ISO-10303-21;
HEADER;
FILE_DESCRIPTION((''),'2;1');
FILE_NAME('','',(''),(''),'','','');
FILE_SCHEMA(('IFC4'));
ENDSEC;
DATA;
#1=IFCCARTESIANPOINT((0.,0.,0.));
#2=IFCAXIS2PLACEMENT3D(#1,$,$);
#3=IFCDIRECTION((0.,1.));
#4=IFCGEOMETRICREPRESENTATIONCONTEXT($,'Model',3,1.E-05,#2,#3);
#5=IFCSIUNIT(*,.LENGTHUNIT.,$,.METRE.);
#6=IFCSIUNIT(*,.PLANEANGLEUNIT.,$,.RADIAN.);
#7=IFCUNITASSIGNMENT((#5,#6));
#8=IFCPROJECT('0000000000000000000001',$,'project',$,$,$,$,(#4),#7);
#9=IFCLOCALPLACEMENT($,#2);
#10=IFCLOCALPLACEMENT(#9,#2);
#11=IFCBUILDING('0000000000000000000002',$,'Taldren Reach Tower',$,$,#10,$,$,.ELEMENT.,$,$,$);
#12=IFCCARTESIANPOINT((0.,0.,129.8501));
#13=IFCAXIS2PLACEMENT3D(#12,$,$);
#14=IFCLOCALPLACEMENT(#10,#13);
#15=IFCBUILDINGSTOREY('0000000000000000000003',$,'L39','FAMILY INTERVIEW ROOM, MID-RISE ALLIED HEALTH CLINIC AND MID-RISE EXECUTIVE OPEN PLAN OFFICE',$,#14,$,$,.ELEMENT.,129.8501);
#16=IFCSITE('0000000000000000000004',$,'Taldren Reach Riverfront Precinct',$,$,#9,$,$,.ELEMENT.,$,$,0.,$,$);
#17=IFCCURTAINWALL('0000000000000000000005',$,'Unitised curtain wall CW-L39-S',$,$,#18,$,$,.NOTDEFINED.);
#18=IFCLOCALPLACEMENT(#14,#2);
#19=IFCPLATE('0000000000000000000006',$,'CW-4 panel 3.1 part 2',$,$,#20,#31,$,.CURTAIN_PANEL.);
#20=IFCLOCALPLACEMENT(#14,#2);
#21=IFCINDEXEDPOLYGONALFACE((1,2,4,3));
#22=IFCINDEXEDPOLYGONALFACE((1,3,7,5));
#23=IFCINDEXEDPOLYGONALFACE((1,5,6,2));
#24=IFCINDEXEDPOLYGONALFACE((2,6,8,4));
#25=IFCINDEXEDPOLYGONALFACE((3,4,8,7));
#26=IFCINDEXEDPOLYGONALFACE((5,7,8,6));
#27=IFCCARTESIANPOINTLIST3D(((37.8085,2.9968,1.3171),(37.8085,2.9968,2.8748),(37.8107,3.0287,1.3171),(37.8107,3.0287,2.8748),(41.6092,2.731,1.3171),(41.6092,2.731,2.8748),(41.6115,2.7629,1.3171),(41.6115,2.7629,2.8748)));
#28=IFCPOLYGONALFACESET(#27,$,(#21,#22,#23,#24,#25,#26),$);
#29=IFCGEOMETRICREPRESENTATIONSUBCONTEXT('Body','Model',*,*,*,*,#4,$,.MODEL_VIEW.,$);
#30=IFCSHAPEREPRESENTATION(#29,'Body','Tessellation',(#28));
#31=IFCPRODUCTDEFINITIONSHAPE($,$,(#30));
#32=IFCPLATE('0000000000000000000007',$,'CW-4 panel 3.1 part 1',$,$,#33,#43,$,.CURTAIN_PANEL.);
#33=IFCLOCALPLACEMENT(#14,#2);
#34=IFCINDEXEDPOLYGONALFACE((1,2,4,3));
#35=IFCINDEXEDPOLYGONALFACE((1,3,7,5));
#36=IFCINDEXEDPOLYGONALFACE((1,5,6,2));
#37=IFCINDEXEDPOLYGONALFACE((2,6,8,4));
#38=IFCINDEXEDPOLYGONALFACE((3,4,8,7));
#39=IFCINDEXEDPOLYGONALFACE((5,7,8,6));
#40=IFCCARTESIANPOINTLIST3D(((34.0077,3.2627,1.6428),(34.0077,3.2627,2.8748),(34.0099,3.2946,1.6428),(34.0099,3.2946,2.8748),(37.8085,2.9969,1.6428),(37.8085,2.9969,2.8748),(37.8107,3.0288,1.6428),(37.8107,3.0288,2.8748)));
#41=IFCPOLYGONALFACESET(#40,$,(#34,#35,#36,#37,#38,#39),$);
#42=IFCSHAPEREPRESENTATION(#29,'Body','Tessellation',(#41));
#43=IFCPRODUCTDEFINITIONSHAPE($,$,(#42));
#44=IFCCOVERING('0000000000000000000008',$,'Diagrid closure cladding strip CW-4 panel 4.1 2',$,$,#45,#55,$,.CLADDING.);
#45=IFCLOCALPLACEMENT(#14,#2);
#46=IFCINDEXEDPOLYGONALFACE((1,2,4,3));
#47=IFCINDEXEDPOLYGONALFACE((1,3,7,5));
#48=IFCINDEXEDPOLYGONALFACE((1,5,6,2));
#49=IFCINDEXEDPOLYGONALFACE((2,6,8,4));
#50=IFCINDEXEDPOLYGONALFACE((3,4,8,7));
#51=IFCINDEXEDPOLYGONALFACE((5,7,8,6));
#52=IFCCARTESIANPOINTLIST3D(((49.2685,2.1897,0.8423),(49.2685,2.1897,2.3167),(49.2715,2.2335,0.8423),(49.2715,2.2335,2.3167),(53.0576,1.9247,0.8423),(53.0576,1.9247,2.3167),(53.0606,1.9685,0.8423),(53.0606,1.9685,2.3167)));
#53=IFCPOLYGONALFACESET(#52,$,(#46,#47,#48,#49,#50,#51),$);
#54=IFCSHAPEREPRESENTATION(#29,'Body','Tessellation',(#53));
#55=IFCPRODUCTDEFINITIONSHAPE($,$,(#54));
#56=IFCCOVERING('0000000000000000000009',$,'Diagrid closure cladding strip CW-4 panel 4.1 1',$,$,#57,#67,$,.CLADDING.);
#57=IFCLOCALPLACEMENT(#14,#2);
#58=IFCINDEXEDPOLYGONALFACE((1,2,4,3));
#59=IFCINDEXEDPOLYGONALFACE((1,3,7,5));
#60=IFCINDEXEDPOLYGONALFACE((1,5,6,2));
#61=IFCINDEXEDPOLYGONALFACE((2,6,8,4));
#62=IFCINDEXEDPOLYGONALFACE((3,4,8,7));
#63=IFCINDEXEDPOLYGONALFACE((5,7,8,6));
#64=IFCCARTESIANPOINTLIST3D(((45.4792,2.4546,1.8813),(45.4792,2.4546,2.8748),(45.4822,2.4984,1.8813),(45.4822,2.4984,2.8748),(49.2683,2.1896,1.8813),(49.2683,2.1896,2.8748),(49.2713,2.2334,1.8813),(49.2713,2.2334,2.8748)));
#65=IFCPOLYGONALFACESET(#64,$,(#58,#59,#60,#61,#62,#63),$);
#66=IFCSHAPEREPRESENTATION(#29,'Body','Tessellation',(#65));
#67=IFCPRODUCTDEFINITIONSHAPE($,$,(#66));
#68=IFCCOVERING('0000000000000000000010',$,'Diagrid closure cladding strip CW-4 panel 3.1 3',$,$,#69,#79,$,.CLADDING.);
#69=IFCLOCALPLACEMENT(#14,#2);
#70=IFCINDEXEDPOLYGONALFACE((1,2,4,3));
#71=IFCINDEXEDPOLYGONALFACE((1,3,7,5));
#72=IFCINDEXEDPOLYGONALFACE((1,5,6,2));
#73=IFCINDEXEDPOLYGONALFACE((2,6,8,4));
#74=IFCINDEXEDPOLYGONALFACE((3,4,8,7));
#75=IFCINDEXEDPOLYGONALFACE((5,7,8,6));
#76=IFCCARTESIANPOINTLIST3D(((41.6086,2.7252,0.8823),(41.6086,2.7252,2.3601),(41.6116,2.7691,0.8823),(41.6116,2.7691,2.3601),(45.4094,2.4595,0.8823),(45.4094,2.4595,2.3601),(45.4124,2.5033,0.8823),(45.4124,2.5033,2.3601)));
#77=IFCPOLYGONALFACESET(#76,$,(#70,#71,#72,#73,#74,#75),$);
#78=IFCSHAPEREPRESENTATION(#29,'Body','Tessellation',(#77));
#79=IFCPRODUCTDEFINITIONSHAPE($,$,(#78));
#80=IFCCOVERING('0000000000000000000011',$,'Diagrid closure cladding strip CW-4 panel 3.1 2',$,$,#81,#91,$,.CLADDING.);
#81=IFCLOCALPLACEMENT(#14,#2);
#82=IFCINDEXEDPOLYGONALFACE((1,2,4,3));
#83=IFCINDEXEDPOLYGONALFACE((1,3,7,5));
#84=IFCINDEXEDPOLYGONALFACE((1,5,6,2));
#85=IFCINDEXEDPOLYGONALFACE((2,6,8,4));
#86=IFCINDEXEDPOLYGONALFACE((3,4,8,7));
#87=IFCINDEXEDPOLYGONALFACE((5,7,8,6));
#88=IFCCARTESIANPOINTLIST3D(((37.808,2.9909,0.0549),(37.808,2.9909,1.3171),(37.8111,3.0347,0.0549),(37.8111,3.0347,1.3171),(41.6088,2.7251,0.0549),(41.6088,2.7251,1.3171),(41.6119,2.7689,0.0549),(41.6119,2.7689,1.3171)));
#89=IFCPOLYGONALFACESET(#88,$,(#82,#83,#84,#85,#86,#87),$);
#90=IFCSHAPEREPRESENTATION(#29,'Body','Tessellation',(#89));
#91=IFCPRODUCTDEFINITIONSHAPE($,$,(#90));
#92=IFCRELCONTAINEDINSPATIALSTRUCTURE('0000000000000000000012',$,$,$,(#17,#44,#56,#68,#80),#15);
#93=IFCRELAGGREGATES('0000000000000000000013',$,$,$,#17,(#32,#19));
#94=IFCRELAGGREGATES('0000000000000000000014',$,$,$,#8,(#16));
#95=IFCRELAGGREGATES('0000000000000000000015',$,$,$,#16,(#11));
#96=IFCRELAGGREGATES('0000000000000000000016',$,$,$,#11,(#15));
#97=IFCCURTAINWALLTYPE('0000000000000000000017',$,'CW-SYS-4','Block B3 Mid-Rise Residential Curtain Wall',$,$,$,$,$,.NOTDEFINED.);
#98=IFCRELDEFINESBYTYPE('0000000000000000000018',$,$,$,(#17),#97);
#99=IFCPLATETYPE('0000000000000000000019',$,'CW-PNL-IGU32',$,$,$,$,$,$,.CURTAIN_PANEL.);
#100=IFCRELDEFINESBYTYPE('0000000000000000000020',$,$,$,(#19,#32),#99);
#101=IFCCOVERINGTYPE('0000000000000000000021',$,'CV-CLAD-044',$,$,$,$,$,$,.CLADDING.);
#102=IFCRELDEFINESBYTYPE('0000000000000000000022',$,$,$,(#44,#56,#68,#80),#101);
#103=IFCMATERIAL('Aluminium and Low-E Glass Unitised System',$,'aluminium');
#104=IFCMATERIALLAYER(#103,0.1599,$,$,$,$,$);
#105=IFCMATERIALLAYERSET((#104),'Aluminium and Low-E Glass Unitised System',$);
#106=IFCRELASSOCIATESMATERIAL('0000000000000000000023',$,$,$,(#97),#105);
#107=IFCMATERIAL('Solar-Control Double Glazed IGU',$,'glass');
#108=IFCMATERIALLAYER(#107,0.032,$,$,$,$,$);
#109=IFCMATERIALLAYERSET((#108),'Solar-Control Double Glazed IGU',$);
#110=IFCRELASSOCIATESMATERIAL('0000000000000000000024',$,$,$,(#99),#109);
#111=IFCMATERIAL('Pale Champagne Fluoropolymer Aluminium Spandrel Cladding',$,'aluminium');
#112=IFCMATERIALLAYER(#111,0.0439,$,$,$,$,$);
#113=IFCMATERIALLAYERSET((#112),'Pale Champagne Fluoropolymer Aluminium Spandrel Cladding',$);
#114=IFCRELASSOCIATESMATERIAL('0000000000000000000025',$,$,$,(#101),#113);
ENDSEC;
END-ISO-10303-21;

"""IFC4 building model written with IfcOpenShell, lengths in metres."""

from ifc_helpers import new_model, si_unit, direction, frame, origin, origin_2d, place, context, subcontext, project, spatial, rectangle, extrude, source, transform, mapped, material, layer, layer_set, type_object, element, aggregate, save


model = new_model("IFC4")

# Units and contexts
model_context = context("Model", 3, precision=1e-05, world=origin(), true_north=direction((0.0, 1.0)))
body_context = subcontext(model_context, "Body", "Model", "MODEL_VIEW")
ifc_project = project(units=[si_unit("LENGTHUNIT", "METRE"), si_unit("PLANEANGLEUNIT", "RADIAN")], contexts=[model_context])

# Site, building, storey
site_placement = place(None, origin())
site = spatial("IfcSite", under=ifc_project, at=site_placement, Name="Taldren Reach Riverfront Precinct", CompositionType="ELEMENT", RefElevation=0.0)
building_placement = place(site_placement, origin())
building = spatial("IfcBuilding", under=site, at=building_placement, Name="Taldren Reach Tower", CompositionType="ELEMENT")
storey_placement = place(building_placement, frame((0.0, 0.0, 129.8501)))
storey = spatial("IfcBuildingStorey", under=building, at=storey_placement, Name="L39", Description="FAMILY INTERVIEW ROOM, MID-RISE ALLIED HEALTH CLINIC AND MID-RISE EXECUTIVE OPEN PLAN OFFICE", CompositionType="ELEMENT", Elevation=129.8501)

# Curtain wall
ifc_material_1 = material(Name="Aluminium and Low-E Glass Unitised System", Category="aluminium")
ifc_layer_1 = layer(ifc_material_1, 0.1599)
ifc_layer_set_1 = layer_set([ifc_layer_1], Name="Aluminium and Low-E Glass Unitised System")
curtain_wall_type = type_object("IfcCurtainWallType", Name="CW-SYS-4", Description="Block B3 Mid-Rise Residential Curtain Wall", PredefinedType="NOTDEFINED", material=ifc_layer_set_1)
curtain_wall_placement = place(storey_placement, origin())
curtain_wall = element("IfcCurtainWall", 1, at=curtain_wall_placement, inside=storey, type_object=curtain_wall_type, Name="Unitised curtain wall CW-L39-S", PredefinedType="NOTDEFINED")

# Plates
ifc_material_2 = material(Name="Solar-Control Double Glazed IGU", Category="glass")
ifc_layer_2 = layer(ifc_material_2, 0.032)
ifc_layer_set_2 = layer_set([ifc_layer_2], Name="Solar-Control Double Glazed IGU")
plate_type_1 = type_object("IfcPlateType", Name="CW-PNL-IGU32", PredefinedType="CURTAIN_PANEL", material=ifc_layer_set_2)
shared_shape_1 = source(origin(), body_context, "Body", "SweptSolid", [
    extrude(rectangle(XDim=3.8101, YDim=0.032, at=origin_2d()), origin(), (0.0, 0.0, 1.0), 1.5576),
])
plate_1_placement = place(storey_placement, frame((39.71, 2.8799, 1.3171), z_axis=(0.0, 0.0, 1.0), x_axis=(0.997564, -0.069757, 0.0)))
plate_1 = element("IfcPlate", 2, at=plate_1_placement, type_object=plate_type_1, Name="CW-4 panel 3.1 part 2", PredefinedType="CURTAIN_PANEL", context=body_context, shape_type="MappedRepresentation", body=[
    mapped(shared_shape_1, transform((0.0, 0.0, 0.0), scale=1.0)),
])
shared_shape_2 = source(origin(), body_context, "Body", "SweptSolid", [
    extrude(rectangle(XDim=3.8101, YDim=0.032, at=origin_2d()), origin(), (0.0, 0.0, 1.0), 1.2319),
])
plate_2_placement = place(storey_placement, frame((35.9092, 3.1458, 1.6428), z_axis=(0.0, 0.0, 1.0), x_axis=(0.997564, -0.069757, 0.0)))
plate_2 = element("IfcPlate", 3, at=plate_2_placement, type_object=plate_type_1, Name="CW-4 panel 3.1 part 1", PredefinedType="CURTAIN_PANEL", context=body_context, shape_type="MappedRepresentation", body=[
    mapped(shared_shape_2, transform((0.0, 0.0, 0.0), scale=1.0)),
])
aggregate(curtain_wall, [plate_2, plate_1])

# Coverings
ifc_material_3 = material(Name="Pale Champagne Fluoropolymer Aluminium Spandrel Cladding", Category="aluminium")
ifc_layer_3 = layer(ifc_material_3, 0.0439)
ifc_layer_set_3 = layer_set([ifc_layer_3], Name="Pale Champagne Fluoropolymer Aluminium Spandrel Cladding")
covering_type = type_object("IfcCoveringType", Name="CV-CLAD-044", PredefinedType="CLADDING", material=ifc_layer_set_3)
shared_shape_3 = source(origin(), body_context, "Body", "SweptSolid", [
    extrude(rectangle(XDim=3.7983, YDim=0.0439, at=origin_2d()), origin(), (0.0, 0.0, 1.0), 1.4744),
])
covering_1_placement = place(storey_placement, frame((51.1646, 2.0791, 0.8423), z_axis=(0.0, 0.0, 1.0), x_axis=(0.997564, -0.069757, 0.0)))
element("IfcCovering", 4, at=covering_1_placement, inside=storey, type_object=covering_type, Name="Diagrid closure cladding strip CW-4 panel 4.1 2", PredefinedType="CLADDING", context=body_context, shape_type="MappedRepresentation", body=[
    mapped(shared_shape_3, transform((0.0, 0.0, 0.0), scale=1.0)),
])
shared_shape_4 = source(origin(), body_context, "Body", "SweptSolid", [
    extrude(rectangle(XDim=3.7983, YDim=0.0439, at=origin_2d()), origin(), (0.0, 0.0, 1.0), 0.9934),
])
covering_2_placement = place(storey_placement, frame((47.3752, 2.344, 1.8813), z_axis=(0.0, 0.0, 1.0), x_axis=(0.997564, -0.069757, 0.0)))
element("IfcCovering", 5, at=covering_2_placement, inside=storey, type_object=covering_type, Name="Diagrid closure cladding strip CW-4 panel 4.1 1", PredefinedType="CLADDING", context=body_context, shape_type="MappedRepresentation", body=[
    mapped(shared_shape_4, transform((0.0, 0.0, 0.0), scale=1.0)),
])
shared_shape_5 = source(origin(), body_context, "Body", "SweptSolid", [
    extrude(rectangle(XDim=3.8101, YDim=0.0439, at=origin_2d()), origin(), (0.0, 0.0, 1.0), 1.4778),
])
covering_3_placement = place(storey_placement, frame((43.5105, 2.6143, 0.8823), z_axis=(0.0, 0.0, 1.0), x_axis=(0.997564, -0.069757, 0.0)))
element("IfcCovering", 6, at=covering_3_placement, inside=storey, type_object=covering_type, Name="Diagrid closure cladding strip CW-4 panel 3.1 3", PredefinedType="CLADDING", context=body_context, shape_type="MappedRepresentation", body=[
    mapped(shared_shape_5, transform((0.0, 0.0, 0.0), scale=1.0)),
])
shared_shape_6 = source(origin(), body_context, "Body", "SweptSolid", [
    extrude(rectangle(XDim=3.8101, YDim=0.0439, at=origin_2d()), origin(), (0.0, 0.0, 1.0), 1.2622),
])
covering_4_placement = place(storey_placement, frame((39.71, 2.8799, 0.0549), z_axis=(0.0, 0.0, 1.0), x_axis=(0.997564, -0.069757, 0.0)))
element("IfcCovering", 7, at=covering_4_placement, inside=storey, type_object=covering_type, Name="Diagrid closure cladding strip CW-4 panel 3.1 2", PredefinedType="CLADDING", context=body_context, shape_type="MappedRepresentation", body=[
    mapped(shared_shape_6, transform((0.0, 0.0, 0.0), scale=1.0)),
])

save(model, "model.ifc")
